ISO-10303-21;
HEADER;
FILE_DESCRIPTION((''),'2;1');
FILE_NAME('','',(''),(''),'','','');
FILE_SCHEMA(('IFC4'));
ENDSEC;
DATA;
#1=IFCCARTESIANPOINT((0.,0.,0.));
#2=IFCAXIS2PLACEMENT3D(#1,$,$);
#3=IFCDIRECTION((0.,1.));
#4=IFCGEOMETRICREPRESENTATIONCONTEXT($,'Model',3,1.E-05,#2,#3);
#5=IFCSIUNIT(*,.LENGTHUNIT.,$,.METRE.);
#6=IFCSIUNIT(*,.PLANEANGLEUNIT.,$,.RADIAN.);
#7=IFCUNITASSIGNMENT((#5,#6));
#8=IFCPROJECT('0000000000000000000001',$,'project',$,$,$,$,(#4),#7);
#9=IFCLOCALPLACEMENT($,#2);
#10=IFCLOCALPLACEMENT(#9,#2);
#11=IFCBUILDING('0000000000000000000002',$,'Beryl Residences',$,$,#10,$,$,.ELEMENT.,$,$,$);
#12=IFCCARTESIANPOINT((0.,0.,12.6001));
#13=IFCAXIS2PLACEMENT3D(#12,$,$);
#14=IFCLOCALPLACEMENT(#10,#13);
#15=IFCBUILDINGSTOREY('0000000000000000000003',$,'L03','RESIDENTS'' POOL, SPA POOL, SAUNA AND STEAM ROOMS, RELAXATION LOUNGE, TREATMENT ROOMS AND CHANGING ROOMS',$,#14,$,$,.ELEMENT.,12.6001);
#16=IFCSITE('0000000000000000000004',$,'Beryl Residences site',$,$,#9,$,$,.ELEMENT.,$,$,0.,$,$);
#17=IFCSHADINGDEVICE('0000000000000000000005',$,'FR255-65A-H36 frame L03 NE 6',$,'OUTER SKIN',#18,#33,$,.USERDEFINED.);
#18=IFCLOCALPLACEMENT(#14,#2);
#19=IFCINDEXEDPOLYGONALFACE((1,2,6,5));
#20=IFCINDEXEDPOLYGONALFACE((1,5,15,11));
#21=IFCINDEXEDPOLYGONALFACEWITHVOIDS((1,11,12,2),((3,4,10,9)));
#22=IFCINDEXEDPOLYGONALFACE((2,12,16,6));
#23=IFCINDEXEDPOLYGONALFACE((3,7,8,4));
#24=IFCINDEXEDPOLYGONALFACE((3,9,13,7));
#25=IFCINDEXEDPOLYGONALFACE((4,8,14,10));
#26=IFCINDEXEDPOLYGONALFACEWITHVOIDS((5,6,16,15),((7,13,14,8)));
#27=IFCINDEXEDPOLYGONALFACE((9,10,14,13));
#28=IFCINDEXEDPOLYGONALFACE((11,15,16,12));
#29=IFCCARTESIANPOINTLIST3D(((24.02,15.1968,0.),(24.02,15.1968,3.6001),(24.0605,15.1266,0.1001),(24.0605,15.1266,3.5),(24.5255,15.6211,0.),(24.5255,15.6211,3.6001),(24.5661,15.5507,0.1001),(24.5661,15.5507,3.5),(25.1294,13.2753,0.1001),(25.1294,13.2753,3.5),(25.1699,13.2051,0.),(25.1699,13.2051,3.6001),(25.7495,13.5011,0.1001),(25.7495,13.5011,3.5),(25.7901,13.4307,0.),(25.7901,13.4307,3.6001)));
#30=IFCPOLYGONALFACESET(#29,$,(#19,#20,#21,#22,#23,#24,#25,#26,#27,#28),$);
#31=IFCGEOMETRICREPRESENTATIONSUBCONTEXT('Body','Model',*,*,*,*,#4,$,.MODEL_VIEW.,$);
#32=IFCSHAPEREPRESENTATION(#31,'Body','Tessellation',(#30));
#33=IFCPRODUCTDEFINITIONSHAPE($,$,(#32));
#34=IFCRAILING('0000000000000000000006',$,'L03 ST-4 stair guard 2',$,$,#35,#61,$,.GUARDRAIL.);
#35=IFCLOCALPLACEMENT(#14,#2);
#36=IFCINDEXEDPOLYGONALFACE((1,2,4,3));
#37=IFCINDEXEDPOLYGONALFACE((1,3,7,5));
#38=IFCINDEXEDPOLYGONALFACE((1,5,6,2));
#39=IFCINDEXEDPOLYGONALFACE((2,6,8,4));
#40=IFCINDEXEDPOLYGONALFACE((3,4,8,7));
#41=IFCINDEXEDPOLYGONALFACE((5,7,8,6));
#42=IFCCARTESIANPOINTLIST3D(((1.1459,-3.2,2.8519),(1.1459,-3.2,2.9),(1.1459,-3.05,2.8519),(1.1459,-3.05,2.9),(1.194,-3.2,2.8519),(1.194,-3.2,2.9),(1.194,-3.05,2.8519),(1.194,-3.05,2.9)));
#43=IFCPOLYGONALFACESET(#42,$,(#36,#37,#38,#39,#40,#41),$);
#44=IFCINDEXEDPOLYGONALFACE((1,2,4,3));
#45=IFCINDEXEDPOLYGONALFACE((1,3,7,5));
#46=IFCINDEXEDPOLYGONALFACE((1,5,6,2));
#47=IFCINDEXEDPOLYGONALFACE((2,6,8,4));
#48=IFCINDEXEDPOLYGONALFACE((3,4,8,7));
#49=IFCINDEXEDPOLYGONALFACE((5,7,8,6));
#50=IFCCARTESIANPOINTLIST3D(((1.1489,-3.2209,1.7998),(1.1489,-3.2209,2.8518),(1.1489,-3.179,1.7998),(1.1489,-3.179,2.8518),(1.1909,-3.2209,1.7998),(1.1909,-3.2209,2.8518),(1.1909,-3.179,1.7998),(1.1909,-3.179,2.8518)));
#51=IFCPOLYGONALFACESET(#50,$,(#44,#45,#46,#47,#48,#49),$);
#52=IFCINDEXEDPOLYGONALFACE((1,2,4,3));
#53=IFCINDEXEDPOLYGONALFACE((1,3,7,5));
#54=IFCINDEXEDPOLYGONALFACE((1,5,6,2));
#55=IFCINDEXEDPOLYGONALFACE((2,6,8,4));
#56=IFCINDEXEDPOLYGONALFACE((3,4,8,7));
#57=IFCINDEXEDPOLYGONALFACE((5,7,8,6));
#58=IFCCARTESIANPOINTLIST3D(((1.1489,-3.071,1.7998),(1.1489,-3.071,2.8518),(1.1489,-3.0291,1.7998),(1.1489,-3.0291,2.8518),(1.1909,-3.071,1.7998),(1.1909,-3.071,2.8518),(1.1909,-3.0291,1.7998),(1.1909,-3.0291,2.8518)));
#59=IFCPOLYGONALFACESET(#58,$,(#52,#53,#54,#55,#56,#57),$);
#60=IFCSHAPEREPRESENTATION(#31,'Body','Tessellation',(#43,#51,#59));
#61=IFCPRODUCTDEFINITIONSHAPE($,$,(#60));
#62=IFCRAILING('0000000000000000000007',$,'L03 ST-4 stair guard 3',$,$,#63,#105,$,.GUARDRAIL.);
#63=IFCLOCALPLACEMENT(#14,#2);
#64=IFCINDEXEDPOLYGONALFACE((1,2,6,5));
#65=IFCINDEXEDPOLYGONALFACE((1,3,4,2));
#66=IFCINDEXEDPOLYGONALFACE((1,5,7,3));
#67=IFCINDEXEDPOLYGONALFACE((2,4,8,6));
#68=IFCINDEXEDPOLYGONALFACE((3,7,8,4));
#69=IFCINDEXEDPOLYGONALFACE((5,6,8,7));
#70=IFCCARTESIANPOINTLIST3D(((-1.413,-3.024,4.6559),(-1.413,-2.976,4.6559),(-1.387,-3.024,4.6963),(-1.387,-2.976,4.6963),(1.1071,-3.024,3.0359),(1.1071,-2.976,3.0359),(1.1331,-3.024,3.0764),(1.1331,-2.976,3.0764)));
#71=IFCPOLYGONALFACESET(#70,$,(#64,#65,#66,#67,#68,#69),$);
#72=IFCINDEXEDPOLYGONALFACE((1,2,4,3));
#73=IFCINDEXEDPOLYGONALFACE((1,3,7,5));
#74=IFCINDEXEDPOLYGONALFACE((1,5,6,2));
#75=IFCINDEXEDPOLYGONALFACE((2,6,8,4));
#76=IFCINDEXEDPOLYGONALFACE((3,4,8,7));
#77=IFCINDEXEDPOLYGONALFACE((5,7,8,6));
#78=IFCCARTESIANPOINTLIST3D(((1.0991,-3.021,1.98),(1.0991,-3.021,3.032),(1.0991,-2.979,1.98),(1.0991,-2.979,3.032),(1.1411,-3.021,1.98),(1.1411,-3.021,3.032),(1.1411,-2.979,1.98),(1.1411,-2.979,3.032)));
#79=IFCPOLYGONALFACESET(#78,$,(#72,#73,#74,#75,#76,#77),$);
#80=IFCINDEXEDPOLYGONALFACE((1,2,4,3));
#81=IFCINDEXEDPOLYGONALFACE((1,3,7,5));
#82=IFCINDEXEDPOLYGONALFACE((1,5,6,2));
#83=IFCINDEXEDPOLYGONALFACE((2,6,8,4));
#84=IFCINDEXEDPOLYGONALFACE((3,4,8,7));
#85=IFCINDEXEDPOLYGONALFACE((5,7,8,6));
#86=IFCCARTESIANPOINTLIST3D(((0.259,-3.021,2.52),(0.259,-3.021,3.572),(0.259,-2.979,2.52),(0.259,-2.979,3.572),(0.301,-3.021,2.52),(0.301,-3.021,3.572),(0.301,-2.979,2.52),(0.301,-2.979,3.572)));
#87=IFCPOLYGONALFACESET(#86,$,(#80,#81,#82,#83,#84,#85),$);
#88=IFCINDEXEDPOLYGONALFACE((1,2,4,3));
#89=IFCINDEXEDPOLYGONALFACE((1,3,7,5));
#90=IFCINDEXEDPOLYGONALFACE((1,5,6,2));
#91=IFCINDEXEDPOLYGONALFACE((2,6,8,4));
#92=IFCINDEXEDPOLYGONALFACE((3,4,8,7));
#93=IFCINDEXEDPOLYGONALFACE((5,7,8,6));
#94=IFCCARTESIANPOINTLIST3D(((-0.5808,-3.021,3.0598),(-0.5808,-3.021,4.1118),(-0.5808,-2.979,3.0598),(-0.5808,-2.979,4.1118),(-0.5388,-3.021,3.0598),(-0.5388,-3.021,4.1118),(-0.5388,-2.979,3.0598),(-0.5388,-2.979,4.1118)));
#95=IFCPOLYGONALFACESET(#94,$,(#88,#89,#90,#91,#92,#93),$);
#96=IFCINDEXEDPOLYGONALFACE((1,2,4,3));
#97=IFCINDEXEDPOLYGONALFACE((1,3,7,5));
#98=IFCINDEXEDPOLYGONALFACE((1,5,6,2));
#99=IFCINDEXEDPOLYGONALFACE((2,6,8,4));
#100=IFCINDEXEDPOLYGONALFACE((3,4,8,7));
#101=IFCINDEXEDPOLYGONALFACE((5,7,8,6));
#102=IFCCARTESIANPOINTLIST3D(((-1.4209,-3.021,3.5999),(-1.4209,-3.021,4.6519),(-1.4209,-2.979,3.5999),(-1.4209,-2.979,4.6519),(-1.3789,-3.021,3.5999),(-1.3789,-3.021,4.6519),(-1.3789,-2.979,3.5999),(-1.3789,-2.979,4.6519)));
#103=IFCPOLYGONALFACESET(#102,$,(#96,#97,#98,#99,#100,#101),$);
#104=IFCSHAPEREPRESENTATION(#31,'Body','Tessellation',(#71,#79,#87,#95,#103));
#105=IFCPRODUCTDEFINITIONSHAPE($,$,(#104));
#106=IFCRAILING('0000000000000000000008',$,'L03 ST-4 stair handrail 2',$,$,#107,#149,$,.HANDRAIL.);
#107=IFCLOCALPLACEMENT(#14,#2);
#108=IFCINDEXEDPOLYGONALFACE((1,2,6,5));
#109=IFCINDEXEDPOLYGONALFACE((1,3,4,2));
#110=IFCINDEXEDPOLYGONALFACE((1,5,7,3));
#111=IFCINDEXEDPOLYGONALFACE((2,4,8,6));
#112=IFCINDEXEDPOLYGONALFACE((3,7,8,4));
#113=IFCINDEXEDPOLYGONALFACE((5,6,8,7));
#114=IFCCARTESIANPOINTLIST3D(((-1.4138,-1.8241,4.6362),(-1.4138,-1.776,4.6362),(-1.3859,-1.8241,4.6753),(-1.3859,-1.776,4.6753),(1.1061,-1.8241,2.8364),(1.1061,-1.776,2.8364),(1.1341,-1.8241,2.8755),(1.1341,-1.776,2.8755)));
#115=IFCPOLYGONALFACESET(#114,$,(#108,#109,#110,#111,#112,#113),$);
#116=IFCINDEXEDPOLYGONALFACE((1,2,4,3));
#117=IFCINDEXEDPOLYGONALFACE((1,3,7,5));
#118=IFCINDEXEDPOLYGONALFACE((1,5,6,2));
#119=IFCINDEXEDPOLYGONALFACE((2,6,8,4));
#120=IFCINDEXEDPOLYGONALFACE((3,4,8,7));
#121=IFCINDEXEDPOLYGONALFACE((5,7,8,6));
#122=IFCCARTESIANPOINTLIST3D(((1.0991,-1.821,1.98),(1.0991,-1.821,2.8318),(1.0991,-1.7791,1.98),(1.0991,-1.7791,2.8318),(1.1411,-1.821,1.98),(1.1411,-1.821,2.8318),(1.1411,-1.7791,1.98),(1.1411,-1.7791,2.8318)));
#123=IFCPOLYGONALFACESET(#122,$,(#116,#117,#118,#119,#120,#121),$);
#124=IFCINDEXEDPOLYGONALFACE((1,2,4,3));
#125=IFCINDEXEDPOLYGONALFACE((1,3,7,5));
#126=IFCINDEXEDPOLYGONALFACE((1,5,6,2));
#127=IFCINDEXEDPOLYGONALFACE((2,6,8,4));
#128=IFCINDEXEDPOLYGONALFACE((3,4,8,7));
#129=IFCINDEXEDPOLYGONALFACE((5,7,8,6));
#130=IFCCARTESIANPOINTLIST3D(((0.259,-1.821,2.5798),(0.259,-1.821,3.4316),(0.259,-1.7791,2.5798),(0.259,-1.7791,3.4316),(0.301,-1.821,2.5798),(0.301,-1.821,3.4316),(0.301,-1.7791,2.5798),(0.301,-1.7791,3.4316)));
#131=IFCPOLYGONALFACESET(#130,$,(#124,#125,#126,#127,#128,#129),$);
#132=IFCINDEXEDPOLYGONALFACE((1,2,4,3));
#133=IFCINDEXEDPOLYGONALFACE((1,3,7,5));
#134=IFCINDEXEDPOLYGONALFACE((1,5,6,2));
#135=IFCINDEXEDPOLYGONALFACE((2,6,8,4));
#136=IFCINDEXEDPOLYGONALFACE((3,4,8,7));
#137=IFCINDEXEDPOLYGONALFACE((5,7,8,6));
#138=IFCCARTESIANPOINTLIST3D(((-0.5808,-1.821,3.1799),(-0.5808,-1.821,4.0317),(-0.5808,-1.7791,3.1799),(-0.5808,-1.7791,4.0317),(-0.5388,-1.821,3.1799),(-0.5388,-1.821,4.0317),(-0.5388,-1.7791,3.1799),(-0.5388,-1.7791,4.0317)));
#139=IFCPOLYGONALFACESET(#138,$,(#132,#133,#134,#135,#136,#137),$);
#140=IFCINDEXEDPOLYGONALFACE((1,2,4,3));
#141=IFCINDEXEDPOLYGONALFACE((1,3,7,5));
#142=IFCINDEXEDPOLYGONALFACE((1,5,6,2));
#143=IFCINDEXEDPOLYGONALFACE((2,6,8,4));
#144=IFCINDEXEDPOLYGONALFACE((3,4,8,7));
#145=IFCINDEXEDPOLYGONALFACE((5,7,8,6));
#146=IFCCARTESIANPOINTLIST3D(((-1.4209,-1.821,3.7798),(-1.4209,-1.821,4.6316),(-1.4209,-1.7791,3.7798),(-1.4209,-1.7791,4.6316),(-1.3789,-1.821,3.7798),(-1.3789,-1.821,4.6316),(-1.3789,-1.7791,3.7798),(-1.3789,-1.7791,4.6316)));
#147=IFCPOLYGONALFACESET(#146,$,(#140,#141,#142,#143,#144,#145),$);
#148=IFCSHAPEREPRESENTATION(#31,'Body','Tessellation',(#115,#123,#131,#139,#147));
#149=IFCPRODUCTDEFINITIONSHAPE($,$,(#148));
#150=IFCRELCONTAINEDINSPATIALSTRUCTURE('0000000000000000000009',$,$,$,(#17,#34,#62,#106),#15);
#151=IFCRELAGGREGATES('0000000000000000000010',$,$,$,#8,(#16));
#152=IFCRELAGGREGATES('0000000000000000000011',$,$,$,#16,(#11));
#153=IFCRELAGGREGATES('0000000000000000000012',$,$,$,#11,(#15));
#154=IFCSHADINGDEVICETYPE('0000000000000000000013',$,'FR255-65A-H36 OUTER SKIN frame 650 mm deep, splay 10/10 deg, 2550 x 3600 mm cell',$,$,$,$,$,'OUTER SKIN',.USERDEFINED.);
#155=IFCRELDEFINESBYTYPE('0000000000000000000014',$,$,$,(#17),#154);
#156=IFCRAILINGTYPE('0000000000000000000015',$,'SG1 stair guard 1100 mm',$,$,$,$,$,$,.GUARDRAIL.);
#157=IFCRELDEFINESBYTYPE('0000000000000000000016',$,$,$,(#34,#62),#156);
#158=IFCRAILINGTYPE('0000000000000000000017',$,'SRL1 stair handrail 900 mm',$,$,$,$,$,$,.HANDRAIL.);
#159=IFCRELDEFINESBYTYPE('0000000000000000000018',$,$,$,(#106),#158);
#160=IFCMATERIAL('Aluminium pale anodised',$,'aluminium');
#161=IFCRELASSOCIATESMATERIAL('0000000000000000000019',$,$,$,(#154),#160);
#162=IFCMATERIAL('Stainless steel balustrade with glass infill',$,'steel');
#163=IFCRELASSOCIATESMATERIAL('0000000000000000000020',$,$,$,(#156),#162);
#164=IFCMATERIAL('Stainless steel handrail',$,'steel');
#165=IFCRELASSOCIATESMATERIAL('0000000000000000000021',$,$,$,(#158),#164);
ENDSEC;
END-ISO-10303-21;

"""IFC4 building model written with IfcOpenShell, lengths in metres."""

from ifc_helpers import new_model, entity, si_unit, direction, frame, origin, origin_2d, place, context, subcontext, project, spatial, rectangle, extrude, source, transform, mapped, material, type_object, type_shapes, element, save


model = new_model("IFC4")

# Units and contexts
model_context = context("Model", 3, precision=1e-05, world=origin(), true_north=direction((0.0, 1.0)))
body_context = subcontext(model_context, "Body", "Model", "MODEL_VIEW")
ifc_project = project(units=[si_unit("LENGTHUNIT", "METRE"), si_unit("PLANEANGLEUNIT", "RADIAN")], contexts=[model_context])

# Site, building, storey
site_placement = place(None, origin())
site = spatial("IfcSite", under=ifc_project, at=site_placement, Name="Beryl Residences site", CompositionType="ELEMENT", RefElevation=0.0)
building_placement = place(site_placement, origin())
building = spatial("IfcBuilding", under=site, at=building_placement, Name="Beryl Residences", CompositionType="ELEMENT")
storey_placement = place(building_placement, frame((0.0, 0.0, 12.6001)))
storey = spatial("IfcBuildingStorey", under=building, at=storey_placement, Name="L03", Description="RESIDENTS' POOL, SPA POOL, SAUNA AND STEAM ROOMS, RELAXATION LOUNGE, TREATMENT ROOMS AND CHANGING ROOMS", CompositionType="ELEMENT", Elevation=12.6001)

# Shading device
ifc_material_1 = material(Name="Aluminium pale anodised", Category="aluminium")
shading_device_type = type_object("IfcShadingDeviceType", Name="FR255-65A-H36 OUTER SKIN frame 650 mm deep, splay 10/10 deg, 2550 x 3600 mm cell", ElementType="OUTER SKIN", PredefinedType="USERDEFINED", material=ifc_material_1)
cartesian_point_1 = entity("IfcCartesianPoint", [-1.1499, 0.0])
cartesian_point_2 = entity("IfcCartesianPoint", [-1.0688, 0.1001])
cartesian_point_3 = entity("IfcCartesianPoint", [-1.2646, 0.0])
cartesian_point_4 = entity("IfcCartesianPoint", [-1.1833, 0.1001])
shared_shape = source(origin(), body_context, "Body", "SweptSolid", [
    entity("IfcExtrudedAreaSolidTapered", entity("IfcArbitraryProfileDefWithVoids", "AREA", None, entity("IfcPolyline", [cartesian_point_1, entity("IfcCartesianPoint", [1.1499, 0.0]), entity("IfcCartesianPoint", [1.1499, 3.6001]), entity("IfcCartesianPoint", [-1.1499, 3.6001]), cartesian_point_1]), [entity("IfcPolyline", [cartesian_point_2, entity("IfcCartesianPoint", [1.0688, 0.1001]), entity("IfcCartesianPoint", [1.0688, 3.5]), entity("IfcCartesianPoint", [-1.0688, 3.5]), cartesian_point_2])]), entity("IfcAxis2Placement3D", entity("IfcCartesianPoint", [0.0, 0.0, 0.0]), entity("IfcDirection", [0.0, 1.0, 0.0]), entity("IfcDirection", [-1.0, 0.0, 0.0])), entity("IfcDirection", [0.0, 0.0, 1.0]), 0.6499, entity("IfcArbitraryProfileDefWithVoids", "AREA", None, entity("IfcPolyline", [cartesian_point_3, entity("IfcCartesianPoint", [1.2646, 0.0]), entity("IfcCartesianPoint", [1.2646, 3.6001]), entity("IfcCartesianPoint", [-1.2646, 3.6001]), cartesian_point_3]), [entity("IfcPolyline", [cartesian_point_4, entity("IfcCartesianPoint", [1.1833, 0.1001]), entity("IfcCartesianPoint", [1.1833, 3.5]), entity("IfcCartesianPoint", [-1.1833, 3.5]), cartesian_point_4])])),
])
type_shapes(shading_device_type, [shared_shape])
for number, where, z_axis, x_axis, name in (
    (1, (24.595, 14.2009, 0.0), (0.0, 0.0, 1.0), (0.5, -0.866025, 0.0), "FR255-65A-H36 frame L03 NE 6"),
):
    element("IfcShadingDevice", number, at=place(storey_placement, frame(where, z_axis=z_axis, x_axis=x_axis)), inside=storey, type_object=shading_device_type, Name=name, ObjectType="OUTER SKIN", PredefinedType="USERDEFINED", context=body_context, shape_type="MappedRepresentation", body=[
        mapped(shared_shape, transform((0.0, 0.0, 0.0))),
    ])

# Railings
ifc_material_2 = material(Name="Stainless steel balustrade with glass infill", Category="steel")
railing_type_1 = type_object("IfcRailingType", Name="SG1 stair guard 1100 mm", PredefinedType="GUARDRAIL", material=ifc_material_2)
railing_1_placement = place(storey_placement, frame((1.1699, -3.2, 1.7998)))
element("IfcRailing", 2, at=railing_1_placement, inside=storey, type_object=railing_type_1, Name="L03 ST-4 stair guard 2", PredefinedType="GUARDRAIL", context=body_context, shape_type="SweptSolid", body=[
    extrude(rectangle(XDim=0.0481, YDim=0.0481, at=origin_2d()), frame((0.0, 0.0, 1.0762), z_axis=(0.0, 1.0, 0.0), x_axis=(-1.0, 0.0, 0.0)), (0.0, 0.0, 1.0), 0.1499),
    extrude(rectangle(XDim=0.042, YDim=0.042, at=origin_2d()), origin(), (0.0, 0.0, 1.0), 1.052),
    extrude(rectangle(XDim=0.042, YDim=0.042, at=origin_2d()), frame((0.0, 0.1499, 0.0)), (0.0, 0.0, 1.0), 1.052),
])
railing_2_placement = place(storey_placement, frame((1.1201, -3.0, 1.98)))
element("IfcRailing", 3, at=railing_2_placement, inside=storey, type_object=railing_type_1, Name="L03 ST-4 stair guard 3", PredefinedType="GUARDRAIL", context=body_context, shape_type="SweptSolid", body=[
    extrude(rectangle(XDim=0.0481, YDim=0.0481, at=origin_2d()), frame((0.0, 0.0, 1.0762), z_axis=(-0.8412, 0.0, 0.540725), x_axis=(0.0, -1.0, 0.0)), (0.0, 0.0, 1.0), 2.9958),
    extrude(rectangle(XDim=0.042, YDim=0.042, at=origin_2d()), origin(), (0.0, 0.0, 1.0), 1.052),
    extrude(rectangle(XDim=0.042, YDim=0.042, at=origin_2d()), frame((-0.8401, 0.0, 0.54)), (0.0, 0.0, 1.0), 1.052),
    extrude(rectangle(XDim=0.042, YDim=0.042, at=origin_2d()), frame((-1.6799, 0.0, 1.0798)), (0.0, 0.0, 1.0), 1.052),
    extrude(rectangle(XDim=0.042, YDim=0.042, at=origin_2d()), frame((-2.52, 0.0, 1.6199)), (0.0, 0.0, 1.0), 1.052),
])
ifc_material_3 = material(Name="Stainless steel handrail", Category="steel")
railing_type_2 = type_object("IfcRailingType", Name="SRL1 stair handrail 900 mm", PredefinedType="HANDRAIL", material=ifc_material_3)
railing_3_placement = place(storey_placement, frame((1.1201, -1.8, 1.98)))
element("IfcRailing", 4, at=railing_3_placement, inside=storey, type_object=railing_type_2, Name="L03 ST-4 stair handrail 2", PredefinedType="HANDRAIL", context=body_context, shape_type="SweptSolid", body=[
    extrude(rectangle(XDim=0.0481, YDim=0.0481, at=origin_2d()), frame((0.0, 0.0, 0.876), z_axis=(-0.813765, 0.0, 0.581193), x_axis=(0.0, -1.0, 0.0)), (0.0, 0.0, 1.0), 3.0967),
    extrude(rectangle(XDim=0.042, YDim=0.042, at=origin_2d()), origin(), (0.0, 0.0, 1.0), 0.8518),
    extrude(rectangle(XDim=0.042, YDim=0.042, at=origin_2d()), frame((-0.8401, 0.0, 0.5999)), (0.0, 0.0, 1.0), 0.8518),
    extrude(rectangle(XDim=0.042, YDim=0.042, at=origin_2d()), frame((-1.6799, 0.0, 1.2)), (0.0, 0.0, 1.0), 0.8518),
    extrude(rectangle(XDim=0.042, YDim=0.042, at=origin_2d()), frame((-2.52, 0.0, 1.7998)), (0.0, 0.0, 1.0), 0.8518),
])

save(model, "model.ifc")
